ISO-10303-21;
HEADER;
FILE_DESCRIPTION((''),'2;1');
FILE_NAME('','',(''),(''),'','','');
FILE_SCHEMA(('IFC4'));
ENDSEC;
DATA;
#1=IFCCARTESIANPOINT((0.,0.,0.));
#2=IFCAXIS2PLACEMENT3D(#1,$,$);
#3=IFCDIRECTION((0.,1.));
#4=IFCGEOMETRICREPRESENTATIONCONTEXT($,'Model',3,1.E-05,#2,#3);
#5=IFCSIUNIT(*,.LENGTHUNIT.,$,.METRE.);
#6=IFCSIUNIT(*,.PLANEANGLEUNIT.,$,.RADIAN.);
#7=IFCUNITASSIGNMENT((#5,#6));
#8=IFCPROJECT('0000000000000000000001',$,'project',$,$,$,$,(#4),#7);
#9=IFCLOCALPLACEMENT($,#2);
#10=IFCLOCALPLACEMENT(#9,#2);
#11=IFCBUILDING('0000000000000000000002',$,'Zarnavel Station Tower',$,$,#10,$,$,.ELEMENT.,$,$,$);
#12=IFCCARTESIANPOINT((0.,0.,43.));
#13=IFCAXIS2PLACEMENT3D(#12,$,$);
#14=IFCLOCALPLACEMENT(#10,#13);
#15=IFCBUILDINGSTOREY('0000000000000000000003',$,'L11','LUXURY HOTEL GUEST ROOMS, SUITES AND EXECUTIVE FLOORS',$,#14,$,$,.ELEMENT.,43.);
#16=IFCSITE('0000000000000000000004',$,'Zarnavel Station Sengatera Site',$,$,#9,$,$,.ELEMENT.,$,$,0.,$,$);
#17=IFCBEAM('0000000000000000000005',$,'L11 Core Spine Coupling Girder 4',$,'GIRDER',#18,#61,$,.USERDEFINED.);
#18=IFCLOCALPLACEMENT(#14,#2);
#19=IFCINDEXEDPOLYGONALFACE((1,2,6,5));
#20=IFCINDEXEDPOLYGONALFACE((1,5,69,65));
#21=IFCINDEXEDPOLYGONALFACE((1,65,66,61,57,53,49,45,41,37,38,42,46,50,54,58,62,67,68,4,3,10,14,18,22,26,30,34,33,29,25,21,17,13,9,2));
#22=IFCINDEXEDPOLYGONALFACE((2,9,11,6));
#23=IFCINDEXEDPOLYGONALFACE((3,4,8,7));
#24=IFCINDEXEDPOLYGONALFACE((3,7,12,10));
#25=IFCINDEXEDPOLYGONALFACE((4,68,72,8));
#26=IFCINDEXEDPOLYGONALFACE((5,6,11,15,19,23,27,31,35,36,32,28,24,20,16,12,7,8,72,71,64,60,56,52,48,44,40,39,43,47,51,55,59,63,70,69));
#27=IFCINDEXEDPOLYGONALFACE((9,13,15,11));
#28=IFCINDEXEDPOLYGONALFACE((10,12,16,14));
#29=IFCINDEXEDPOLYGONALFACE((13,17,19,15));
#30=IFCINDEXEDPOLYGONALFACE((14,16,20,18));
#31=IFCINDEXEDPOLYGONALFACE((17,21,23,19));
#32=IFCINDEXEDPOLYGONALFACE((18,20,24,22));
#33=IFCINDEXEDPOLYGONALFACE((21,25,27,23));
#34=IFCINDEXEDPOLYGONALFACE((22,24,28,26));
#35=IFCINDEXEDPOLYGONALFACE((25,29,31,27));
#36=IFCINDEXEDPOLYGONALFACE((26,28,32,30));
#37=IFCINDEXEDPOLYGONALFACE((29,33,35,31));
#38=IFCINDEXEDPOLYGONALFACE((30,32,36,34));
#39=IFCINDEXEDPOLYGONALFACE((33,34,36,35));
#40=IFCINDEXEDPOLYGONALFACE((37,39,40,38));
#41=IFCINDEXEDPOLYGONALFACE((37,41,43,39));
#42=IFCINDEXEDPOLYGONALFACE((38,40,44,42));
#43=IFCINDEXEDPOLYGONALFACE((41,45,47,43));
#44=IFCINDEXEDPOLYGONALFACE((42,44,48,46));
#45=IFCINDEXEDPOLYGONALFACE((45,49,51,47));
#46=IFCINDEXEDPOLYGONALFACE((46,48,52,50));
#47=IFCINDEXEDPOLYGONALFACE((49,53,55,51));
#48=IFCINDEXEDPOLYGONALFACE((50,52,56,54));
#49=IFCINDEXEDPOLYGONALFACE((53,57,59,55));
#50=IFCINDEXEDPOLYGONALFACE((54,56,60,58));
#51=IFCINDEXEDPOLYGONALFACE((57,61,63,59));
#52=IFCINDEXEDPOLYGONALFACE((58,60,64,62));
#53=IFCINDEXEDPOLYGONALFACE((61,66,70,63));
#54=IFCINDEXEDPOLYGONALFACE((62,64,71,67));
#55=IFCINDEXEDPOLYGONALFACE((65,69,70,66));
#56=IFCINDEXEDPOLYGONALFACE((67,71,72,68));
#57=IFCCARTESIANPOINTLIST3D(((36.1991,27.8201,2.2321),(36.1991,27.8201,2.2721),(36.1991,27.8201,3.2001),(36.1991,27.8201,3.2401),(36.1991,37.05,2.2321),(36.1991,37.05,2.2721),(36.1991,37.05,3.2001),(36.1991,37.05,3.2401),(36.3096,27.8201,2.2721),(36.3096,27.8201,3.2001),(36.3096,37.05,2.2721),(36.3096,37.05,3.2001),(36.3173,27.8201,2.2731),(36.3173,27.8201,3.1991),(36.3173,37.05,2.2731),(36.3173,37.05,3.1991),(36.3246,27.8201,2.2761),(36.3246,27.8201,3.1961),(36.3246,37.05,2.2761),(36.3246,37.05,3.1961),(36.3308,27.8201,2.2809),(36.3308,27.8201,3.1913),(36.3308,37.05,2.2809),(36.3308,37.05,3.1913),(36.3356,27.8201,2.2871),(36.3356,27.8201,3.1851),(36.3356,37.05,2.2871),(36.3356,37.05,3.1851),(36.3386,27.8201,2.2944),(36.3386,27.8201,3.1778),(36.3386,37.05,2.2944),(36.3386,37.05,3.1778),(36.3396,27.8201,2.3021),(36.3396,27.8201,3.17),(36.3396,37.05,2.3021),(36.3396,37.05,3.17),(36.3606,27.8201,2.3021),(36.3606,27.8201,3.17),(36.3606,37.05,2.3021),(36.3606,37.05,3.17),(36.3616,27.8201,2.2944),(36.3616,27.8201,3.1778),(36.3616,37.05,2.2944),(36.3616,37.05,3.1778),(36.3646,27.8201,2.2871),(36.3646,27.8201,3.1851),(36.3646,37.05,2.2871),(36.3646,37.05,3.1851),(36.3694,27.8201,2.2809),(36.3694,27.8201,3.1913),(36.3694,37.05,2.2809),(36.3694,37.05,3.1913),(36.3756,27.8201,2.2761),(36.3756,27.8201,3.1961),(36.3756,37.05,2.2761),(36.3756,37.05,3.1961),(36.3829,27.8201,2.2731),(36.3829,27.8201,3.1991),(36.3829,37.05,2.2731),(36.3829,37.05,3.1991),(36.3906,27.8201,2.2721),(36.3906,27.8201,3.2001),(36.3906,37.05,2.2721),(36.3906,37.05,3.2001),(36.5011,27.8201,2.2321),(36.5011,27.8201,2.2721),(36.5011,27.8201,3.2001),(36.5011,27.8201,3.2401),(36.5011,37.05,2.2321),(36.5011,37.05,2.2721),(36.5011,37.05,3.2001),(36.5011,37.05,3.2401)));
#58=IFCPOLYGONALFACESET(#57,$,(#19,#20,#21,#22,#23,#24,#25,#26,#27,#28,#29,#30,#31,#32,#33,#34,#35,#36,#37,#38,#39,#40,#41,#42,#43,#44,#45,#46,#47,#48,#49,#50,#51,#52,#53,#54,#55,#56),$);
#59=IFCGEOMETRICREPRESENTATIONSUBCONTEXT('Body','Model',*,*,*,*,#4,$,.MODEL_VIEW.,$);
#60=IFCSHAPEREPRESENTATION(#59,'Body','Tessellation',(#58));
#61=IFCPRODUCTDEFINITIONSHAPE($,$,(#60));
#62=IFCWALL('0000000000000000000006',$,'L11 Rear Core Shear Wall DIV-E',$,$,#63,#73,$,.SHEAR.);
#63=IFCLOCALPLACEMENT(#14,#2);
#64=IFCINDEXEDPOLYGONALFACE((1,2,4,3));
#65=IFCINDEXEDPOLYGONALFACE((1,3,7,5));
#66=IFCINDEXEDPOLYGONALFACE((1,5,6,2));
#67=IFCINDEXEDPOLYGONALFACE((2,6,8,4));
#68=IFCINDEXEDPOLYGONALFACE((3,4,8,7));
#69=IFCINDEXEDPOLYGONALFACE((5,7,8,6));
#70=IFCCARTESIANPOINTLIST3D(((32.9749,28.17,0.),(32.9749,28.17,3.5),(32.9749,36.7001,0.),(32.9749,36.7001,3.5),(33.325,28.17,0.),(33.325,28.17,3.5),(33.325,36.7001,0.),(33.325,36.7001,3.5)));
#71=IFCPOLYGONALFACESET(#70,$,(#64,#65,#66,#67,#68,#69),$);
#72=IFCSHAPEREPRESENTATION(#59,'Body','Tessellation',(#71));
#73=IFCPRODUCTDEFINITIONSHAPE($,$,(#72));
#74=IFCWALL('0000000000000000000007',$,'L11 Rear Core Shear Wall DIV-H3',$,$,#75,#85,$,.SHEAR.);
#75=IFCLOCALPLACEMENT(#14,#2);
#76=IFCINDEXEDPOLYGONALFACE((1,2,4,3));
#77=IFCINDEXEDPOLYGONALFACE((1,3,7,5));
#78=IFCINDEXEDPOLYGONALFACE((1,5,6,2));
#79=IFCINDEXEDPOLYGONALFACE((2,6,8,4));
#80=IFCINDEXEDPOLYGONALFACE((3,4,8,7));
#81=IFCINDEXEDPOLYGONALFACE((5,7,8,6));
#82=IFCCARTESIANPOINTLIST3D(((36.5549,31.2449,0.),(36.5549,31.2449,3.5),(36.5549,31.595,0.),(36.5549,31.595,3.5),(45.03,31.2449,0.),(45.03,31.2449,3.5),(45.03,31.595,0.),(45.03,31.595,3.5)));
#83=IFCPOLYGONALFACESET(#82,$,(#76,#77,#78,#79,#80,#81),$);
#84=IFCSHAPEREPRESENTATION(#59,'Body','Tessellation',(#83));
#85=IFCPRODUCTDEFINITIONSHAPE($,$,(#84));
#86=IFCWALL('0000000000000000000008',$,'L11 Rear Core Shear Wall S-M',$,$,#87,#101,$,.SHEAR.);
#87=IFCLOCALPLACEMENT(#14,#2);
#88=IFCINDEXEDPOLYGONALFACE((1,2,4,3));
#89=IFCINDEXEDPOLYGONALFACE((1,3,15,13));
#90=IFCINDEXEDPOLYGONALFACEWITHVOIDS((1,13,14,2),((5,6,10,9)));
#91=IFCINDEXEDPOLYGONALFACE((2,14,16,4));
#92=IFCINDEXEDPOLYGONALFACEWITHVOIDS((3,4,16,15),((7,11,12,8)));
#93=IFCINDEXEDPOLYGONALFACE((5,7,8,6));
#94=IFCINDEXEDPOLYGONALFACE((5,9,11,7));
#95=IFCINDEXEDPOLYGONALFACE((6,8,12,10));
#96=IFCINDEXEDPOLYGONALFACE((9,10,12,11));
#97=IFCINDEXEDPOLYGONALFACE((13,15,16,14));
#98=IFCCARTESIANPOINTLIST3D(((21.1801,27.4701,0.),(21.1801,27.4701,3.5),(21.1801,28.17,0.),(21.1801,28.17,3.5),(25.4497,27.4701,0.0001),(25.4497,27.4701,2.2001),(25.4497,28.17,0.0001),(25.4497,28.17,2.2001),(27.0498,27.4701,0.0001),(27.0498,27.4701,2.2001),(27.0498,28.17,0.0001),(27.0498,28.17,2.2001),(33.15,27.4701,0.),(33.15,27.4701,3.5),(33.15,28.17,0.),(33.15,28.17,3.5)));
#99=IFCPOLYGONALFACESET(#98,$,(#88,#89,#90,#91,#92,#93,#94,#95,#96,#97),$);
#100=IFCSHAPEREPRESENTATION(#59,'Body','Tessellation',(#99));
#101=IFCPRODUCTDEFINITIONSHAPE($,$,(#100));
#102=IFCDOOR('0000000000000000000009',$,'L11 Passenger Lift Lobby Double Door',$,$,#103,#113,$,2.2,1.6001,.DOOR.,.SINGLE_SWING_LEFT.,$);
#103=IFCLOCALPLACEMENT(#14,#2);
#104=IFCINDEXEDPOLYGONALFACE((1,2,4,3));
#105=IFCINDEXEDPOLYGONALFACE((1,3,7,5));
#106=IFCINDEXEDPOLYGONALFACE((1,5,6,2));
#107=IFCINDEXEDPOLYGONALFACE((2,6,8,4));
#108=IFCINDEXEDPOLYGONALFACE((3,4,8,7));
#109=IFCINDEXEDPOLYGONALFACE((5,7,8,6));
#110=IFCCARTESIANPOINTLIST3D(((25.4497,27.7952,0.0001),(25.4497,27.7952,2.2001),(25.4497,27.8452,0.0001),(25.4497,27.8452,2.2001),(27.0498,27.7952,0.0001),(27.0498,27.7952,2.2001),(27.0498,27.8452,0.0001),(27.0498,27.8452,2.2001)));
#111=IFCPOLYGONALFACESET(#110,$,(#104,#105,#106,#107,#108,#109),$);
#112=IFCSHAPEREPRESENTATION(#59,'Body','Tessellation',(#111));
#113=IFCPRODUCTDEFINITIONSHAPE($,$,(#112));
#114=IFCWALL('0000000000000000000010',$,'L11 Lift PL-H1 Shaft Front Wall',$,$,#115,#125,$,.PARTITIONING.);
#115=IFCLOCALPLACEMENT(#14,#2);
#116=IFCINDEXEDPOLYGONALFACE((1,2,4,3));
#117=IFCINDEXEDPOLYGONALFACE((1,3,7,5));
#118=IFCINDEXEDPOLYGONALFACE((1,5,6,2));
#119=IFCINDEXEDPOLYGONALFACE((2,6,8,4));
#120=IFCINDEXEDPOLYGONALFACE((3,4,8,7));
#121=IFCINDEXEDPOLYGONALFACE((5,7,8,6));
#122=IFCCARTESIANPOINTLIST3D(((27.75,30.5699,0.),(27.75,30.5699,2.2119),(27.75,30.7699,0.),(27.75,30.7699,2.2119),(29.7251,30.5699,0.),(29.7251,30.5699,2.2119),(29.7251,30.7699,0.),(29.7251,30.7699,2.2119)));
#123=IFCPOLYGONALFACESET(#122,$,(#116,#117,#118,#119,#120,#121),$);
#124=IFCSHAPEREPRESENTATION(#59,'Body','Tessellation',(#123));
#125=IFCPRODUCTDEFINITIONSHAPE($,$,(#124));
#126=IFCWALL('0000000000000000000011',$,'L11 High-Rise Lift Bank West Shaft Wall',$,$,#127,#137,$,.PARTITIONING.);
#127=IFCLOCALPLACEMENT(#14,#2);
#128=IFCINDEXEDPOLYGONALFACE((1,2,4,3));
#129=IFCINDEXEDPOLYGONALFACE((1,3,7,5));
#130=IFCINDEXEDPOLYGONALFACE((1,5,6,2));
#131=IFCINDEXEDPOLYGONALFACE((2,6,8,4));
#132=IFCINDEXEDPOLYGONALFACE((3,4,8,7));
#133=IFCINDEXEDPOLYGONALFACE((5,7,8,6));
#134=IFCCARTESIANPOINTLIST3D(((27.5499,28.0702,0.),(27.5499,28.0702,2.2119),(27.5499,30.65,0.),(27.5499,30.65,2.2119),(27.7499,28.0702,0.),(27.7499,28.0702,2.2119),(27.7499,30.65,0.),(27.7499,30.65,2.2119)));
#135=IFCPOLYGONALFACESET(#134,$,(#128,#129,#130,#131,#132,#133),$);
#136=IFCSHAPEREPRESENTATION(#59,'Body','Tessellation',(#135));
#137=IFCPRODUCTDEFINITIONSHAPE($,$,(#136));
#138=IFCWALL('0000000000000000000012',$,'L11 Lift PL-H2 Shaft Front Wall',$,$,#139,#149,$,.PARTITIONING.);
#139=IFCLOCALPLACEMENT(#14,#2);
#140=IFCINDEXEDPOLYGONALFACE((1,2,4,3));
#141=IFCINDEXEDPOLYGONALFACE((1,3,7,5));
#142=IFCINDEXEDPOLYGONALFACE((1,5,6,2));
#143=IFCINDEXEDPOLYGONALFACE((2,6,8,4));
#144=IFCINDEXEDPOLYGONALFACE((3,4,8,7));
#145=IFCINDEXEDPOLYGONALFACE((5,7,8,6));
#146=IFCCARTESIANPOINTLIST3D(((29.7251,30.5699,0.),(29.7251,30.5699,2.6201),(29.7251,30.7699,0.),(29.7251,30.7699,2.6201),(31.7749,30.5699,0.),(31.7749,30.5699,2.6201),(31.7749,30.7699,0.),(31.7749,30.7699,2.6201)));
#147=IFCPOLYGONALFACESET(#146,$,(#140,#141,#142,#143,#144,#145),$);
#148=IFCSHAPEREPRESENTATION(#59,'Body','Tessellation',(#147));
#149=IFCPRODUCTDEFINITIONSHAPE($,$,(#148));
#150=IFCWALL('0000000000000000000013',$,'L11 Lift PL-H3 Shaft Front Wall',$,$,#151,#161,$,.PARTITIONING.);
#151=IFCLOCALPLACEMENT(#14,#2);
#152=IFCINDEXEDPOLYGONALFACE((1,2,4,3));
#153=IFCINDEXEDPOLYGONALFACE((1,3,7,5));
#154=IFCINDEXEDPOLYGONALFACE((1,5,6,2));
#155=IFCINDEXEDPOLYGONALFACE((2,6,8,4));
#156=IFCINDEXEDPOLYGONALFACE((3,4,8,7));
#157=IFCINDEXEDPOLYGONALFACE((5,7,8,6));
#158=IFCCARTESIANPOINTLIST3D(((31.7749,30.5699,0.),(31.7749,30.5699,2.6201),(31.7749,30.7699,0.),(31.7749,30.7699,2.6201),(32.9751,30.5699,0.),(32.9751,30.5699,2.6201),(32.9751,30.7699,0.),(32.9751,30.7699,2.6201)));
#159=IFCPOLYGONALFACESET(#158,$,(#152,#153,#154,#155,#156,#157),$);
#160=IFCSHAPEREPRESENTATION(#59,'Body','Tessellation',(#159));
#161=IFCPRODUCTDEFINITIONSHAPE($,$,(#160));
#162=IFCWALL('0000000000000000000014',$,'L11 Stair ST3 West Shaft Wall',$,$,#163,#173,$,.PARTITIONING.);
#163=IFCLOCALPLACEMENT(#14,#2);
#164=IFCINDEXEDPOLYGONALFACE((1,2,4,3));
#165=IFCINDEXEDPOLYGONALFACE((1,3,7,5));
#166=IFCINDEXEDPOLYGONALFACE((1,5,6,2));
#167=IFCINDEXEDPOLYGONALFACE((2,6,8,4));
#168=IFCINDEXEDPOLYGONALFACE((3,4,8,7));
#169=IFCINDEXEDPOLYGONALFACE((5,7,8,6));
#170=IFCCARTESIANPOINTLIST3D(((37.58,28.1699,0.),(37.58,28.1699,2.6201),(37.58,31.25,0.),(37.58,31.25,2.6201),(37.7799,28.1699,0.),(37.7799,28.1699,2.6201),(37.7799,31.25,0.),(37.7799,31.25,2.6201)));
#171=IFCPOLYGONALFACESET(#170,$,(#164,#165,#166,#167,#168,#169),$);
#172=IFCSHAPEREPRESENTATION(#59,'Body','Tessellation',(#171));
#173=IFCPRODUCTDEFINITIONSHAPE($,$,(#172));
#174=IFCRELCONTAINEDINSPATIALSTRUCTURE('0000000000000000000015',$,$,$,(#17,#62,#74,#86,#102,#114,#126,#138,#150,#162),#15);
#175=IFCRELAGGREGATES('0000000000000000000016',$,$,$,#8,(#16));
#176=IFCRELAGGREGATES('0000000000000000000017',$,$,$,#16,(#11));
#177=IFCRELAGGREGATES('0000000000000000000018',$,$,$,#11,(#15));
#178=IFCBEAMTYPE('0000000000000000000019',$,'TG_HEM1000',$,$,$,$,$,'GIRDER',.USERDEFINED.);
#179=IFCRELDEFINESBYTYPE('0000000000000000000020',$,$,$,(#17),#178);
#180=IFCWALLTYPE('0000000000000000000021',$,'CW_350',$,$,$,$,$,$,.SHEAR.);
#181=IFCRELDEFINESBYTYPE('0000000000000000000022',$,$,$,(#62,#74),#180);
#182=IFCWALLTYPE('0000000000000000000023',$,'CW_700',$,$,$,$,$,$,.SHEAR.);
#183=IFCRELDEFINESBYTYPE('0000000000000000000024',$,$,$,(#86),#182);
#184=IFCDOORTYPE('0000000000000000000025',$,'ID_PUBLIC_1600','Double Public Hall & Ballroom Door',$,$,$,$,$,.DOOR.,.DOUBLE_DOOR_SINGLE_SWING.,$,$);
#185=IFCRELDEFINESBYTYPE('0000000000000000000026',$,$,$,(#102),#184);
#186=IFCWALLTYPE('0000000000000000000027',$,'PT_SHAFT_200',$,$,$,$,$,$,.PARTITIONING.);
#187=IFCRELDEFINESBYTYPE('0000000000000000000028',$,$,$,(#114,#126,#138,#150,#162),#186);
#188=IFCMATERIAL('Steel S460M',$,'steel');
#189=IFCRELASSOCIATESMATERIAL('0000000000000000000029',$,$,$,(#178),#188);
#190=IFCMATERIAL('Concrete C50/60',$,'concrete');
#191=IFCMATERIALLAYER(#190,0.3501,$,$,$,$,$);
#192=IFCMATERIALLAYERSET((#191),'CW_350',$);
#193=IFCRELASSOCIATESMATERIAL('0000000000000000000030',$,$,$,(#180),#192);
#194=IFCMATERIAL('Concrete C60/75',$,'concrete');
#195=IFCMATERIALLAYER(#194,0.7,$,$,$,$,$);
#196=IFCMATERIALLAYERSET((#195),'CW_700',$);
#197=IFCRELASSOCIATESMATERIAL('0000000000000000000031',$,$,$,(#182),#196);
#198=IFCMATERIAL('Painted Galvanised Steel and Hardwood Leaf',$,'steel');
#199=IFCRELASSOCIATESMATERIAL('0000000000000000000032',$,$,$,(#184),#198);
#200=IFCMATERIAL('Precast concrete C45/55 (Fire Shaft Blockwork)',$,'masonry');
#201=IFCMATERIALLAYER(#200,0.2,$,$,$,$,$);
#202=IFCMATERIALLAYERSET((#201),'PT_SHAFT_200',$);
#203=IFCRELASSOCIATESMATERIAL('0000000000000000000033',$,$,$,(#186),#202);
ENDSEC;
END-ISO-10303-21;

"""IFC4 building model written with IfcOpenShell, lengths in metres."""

from ifc_helpers import new_model, si_unit, direction, frame, frame_2d, origin, origin_2d, place, context, subcontext, project, spatial, rectangle, i_section, extrude, material, layer, layer_set, material_profile, profile_set, type_object, element, fill, save


model = new_model("IFC4")

# Units and contexts
model_context = context("Model", 3, precision=1e-05, world=origin(), true_north=direction((0.0, 1.0)))
body_context = subcontext(model_context, "Body", "Model", "MODEL_VIEW")
ifc_project = project(units=[si_unit("LENGTHUNIT", "METRE"), si_unit("PLANEANGLEUNIT", "RADIAN")], contexts=[model_context])

# Site, building, storey
site_placement = place(None, origin())
site = spatial("IfcSite", under=ifc_project, at=site_placement, Name="Zarnavel Station Sengatera Site", CompositionType="ELEMENT", RefElevation=0.0)
building_placement = place(site_placement, origin())
building = spatial("IfcBuilding", under=site, at=building_placement, Name="Zarnavel Station Tower", CompositionType="ELEMENT")
storey_placement = place(building_placement, frame((0.0, 0.0, 43.0)))
storey = spatial("IfcBuildingStorey", under=building, at=storey_placement, Name="L11", Description="LUXURY HOTEL GUEST ROOMS, SUITES AND EXECUTIVE FLOORS", CompositionType="ELEMENT", Elevation=43.0)

# Beam
ifc_material_1 = material(Name="Steel S460M", Category="steel")
ifc_material_profile_1 = material_profile(ifc_material_1, i_section(OverallWidth=0.302, OverallDepth=1.0081, WebThickness=0.021, FlangeThickness=0.04, FilletRadius=0.03, at=origin_2d()), Name="HEM1000")
ifc_profile_set_1 = profile_set([ifc_material_profile_1], Name="Steel S460M")
beam_type_1 = type_object("IfcBeamType", Name="TG_HEM1000", ElementType="GIRDER", PredefinedType="USERDEFINED", material=ifc_profile_set_1)
beam_1_placement = place(storey_placement, frame((36.3501, 27.8201, 2.7361), z_axis=(0.0, 1.0, 0.0), x_axis=(-1.0, 0.0, 0.0)))
element("IfcBeam", 1, at=beam_1_placement, inside=storey, type_object=beam_type_1, Name="L11 Core Spine Coupling Girder 4", ObjectType="GIRDER", PredefinedType="USERDEFINED", context=body_context, shape_type="SweptSolid", body=[
    extrude(i_section(OverallWidth=0.302, OverallDepth=1.0081, WebThickness=0.021, FlangeThickness=0.04, FilletRadius=0.03, at=origin_2d()), origin(), (0.0, 0.0, 1.0), 9.23),
])

# Wall
ifc_material_2 = material(Name="Concrete C50/60", Category="concrete")
ifc_layer_1 = layer(ifc_material_2, 0.3501)
ifc_layer_set_1 = layer_set([ifc_layer_1], Name="CW_350")
wall_type_1 = type_object("IfcWallType", Name="CW_350", PredefinedType="SHEAR", material=ifc_layer_set_1)
wall_1_placement = place(storey_placement, frame((33.1499, 28.1699, 0.0), z_axis=(0.0, 0.0, 1.0), x_axis=(0.0, 1.0, 0.0)))
element("IfcWall", 2, at=wall_1_placement, inside=storey, type_object=wall_type_1, Name="L11 Rear Core Shear Wall DIV-E", PredefinedType="SHEAR", context=body_context, shape_type="SweptSolid", body=[
    extrude(rectangle(XDim=8.53, YDim=0.3501, at=frame_2d((4.2651, 0.0))), origin(), (0.0, 0.0, 1.0), 3.5),
])

# Wall
wall_2_placement = place(storey_placement, frame((36.5549, 31.4199, 0.0), z_axis=(0.0, 0.0, 1.0), x_axis=(1.0, 0.0, 0.0)))
element("IfcWall", 3, at=wall_2_placement, inside=storey, type_object=wall_type_1, Name="L11 Rear Core Shear Wall DIV-H3", PredefinedType="SHEAR", context=body_context, shape_type="SweptSolid", body=[
    extrude(rectangle(XDim=8.4751, YDim=0.3501, at=frame_2d((4.2375, 0.0))), origin(), (0.0, 0.0, 1.0), 3.5),
])

# Wall, opening, door
ifc_material_3 = material(Name="Concrete C60/75", Category="concrete")
ifc_layer_2 = layer(ifc_material_3, 0.7)
ifc_layer_set_2 = layer_set([ifc_layer_2], Name="CW_700")
wall_type_2 = type_object("IfcWallType", Name="CW_700", PredefinedType="SHEAR", material=ifc_layer_set_2)
wall_3_placement = place(storey_placement, frame((33.1499, 27.8201, 0.0), z_axis=(0.0, 0.0, 1.0), x_axis=(-1.0, 0.0, 0.0)))
wall_3 = element("IfcWall", 4, at=wall_3_placement, inside=storey, type_object=wall_type_2, Name="L11 Rear Core Shear Wall S-M", PredefinedType="SHEAR", context=body_context, shape_type="SweptSolid", body=[
    extrude(rectangle(XDim=11.97, YDim=0.7, at=frame_2d((5.9849, 0.0))), origin(), (0.0, 0.0, 1.0), 3.5),
])
opening_1_placement = place(wall_3_placement, frame((6.1001, 0.0, 0.0)))
opening_1 = element("IfcOpeningElement", 5, at=opening_1_placement, cuts=wall_3, PredefinedType="OPENING", context=body_context, shape_type="SweptSolid", body=[
    extrude(rectangle(XDim=1.6001, YDim=2.2, at=frame_2d((0.8, 1.1001))), frame((0.0, 0.3599, 0.0), z_axis=(0.0, -1.0, 0.0), x_axis=(1.0, 0.0, 0.0)), (0.0, 0.0, 1.0), 0.72),
])
ifc_material_4 = material(Name="Painted Galvanised Steel and Hardwood Leaf", Category="steel")
door_type_1 = type_object("IfcDoorType", Name="ID_PUBLIC_1600", Description="Double Public Hall & Ballroom Door", OperationType="DOUBLE_DOOR_SINGLE_SWING", PredefinedType="DOOR", material=ifc_material_4)
door_1_placement = place(opening_1_placement, origin())
door_1 = element("IfcDoor", 6, at=door_1_placement, inside=storey, type_object=door_type_1, Name="L11 Passenger Lift Lobby Double Door", OperationType="SINGLE_SWING_LEFT", OverallHeight=2.2, OverallWidth=1.6001, PredefinedType="DOOR", context=body_context, shape_type="SweptSolid", body=[
    extrude(rectangle(XDim=1.6001, YDim=2.2, at=frame_2d((0.8, 1.1001))), frame((0.0, 0.0249, 0.0), z_axis=(0.0, -1.0, 0.0), x_axis=(1.0, 0.0, 0.0)), (0.0, 0.0, 1.0), 0.05),
])
fill(opening_1, door_1)

# Walls
ifc_material_5 = material(Name="Precast concrete C45/55 (Fire Shaft Blockwork)", Category="masonry")
ifc_layer_3 = layer(ifc_material_5, 0.2)
ifc_layer_set_3 = layer_set([ifc_layer_3], Name="PT_SHAFT_200")
wall_type_3 = type_object("IfcWallType", Name="PT_SHAFT_200", PredefinedType="PARTITIONING", material=ifc_layer_set_3)
wall_4_placement = place(storey_placement, frame((27.75, 30.6699, 0.0), z_axis=(0.0, 0.0, 1.0), x_axis=(1.0, 0.0, 0.0)))
element("IfcWall", 7, at=wall_4_placement, inside=storey, type_object=wall_type_3, Name="L11 Lift PL-H1 Shaft Front Wall", PredefinedType="PARTITIONING", context=body_context, shape_type="SweptSolid", body=[
    extrude(rectangle(XDim=1.9751, YDim=0.2, at=frame_2d((0.9875, 0.0))), origin(), (0.0, 0.0, 1.0), 2.2119),
])
wall_5_placement = place(storey_placement, frame((27.6499, 28.0701, 0.0), z_axis=(0.0, 0.0, 1.0), x_axis=(0.0, 1.0, 0.0)))
element("IfcWall", 8, at=wall_5_placement, inside=storey, type_object=wall_type_3, Name="L11 High-Rise Lift Bank West Shaft Wall", PredefinedType="PARTITIONING", context=body_context, shape_type="SweptSolid", body=[
    extrude(rectangle(XDim=2.5798, YDim=0.2, at=frame_2d((1.29, 0.0))), origin(), (0.0, 0.0, 1.0), 2.2119),
])
wall_6_placement = place(storey_placement, frame((29.7251, 30.6699, 0.0), z_axis=(0.0, 0.0, 1.0), x_axis=(1.0, 0.0, 0.0)))
element("IfcWall", 9, at=wall_6_placement, inside=storey, type_object=wall_type_3, Name="L11 Lift PL-H2 Shaft Front Wall", PredefinedType="PARTITIONING", context=body_context, shape_type="SweptSolid", body=[
    extrude(rectangle(XDim=2.0498, YDim=0.2, at=frame_2d((1.0249, 0.0))), origin(), (0.0, 0.0, 1.0), 2.6201),
])
wall_7_placement = place(storey_placement, frame((31.7749, 30.6699, 0.0), z_axis=(0.0, 0.0, 1.0), x_axis=(1.0, 0.0, 0.0)))
element("IfcWall", 10, at=wall_7_placement, inside=storey, type_object=wall_type_3, Name="L11 Lift PL-H3 Shaft Front Wall", PredefinedType="PARTITIONING", context=body_context, shape_type="SweptSolid", body=[
    extrude(rectangle(XDim=1.2002, YDim=0.2, at=frame_2d((0.6001, 0.0))), origin(), (0.0, 0.0, 1.0), 2.6201),
])
wall_8_placement = place(storey_placement, frame((37.6799, 28.1699, 0.0), z_axis=(0.0, 0.0, 1.0), x_axis=(0.0, 1.0, 0.0)))
element("IfcWall", 11, at=wall_8_placement, inside=storey, type_object=wall_type_3, Name="L11 Stair ST3 West Shaft Wall", PredefinedType="PARTITIONING", context=body_context, shape_type="SweptSolid", body=[
    extrude(rectangle(XDim=3.0801, YDim=0.2, at=frame_2d((1.54, 0.0))), origin(), (0.0, 0.0, 1.0), 2.6201),
])

save(model, "model.ifc")
